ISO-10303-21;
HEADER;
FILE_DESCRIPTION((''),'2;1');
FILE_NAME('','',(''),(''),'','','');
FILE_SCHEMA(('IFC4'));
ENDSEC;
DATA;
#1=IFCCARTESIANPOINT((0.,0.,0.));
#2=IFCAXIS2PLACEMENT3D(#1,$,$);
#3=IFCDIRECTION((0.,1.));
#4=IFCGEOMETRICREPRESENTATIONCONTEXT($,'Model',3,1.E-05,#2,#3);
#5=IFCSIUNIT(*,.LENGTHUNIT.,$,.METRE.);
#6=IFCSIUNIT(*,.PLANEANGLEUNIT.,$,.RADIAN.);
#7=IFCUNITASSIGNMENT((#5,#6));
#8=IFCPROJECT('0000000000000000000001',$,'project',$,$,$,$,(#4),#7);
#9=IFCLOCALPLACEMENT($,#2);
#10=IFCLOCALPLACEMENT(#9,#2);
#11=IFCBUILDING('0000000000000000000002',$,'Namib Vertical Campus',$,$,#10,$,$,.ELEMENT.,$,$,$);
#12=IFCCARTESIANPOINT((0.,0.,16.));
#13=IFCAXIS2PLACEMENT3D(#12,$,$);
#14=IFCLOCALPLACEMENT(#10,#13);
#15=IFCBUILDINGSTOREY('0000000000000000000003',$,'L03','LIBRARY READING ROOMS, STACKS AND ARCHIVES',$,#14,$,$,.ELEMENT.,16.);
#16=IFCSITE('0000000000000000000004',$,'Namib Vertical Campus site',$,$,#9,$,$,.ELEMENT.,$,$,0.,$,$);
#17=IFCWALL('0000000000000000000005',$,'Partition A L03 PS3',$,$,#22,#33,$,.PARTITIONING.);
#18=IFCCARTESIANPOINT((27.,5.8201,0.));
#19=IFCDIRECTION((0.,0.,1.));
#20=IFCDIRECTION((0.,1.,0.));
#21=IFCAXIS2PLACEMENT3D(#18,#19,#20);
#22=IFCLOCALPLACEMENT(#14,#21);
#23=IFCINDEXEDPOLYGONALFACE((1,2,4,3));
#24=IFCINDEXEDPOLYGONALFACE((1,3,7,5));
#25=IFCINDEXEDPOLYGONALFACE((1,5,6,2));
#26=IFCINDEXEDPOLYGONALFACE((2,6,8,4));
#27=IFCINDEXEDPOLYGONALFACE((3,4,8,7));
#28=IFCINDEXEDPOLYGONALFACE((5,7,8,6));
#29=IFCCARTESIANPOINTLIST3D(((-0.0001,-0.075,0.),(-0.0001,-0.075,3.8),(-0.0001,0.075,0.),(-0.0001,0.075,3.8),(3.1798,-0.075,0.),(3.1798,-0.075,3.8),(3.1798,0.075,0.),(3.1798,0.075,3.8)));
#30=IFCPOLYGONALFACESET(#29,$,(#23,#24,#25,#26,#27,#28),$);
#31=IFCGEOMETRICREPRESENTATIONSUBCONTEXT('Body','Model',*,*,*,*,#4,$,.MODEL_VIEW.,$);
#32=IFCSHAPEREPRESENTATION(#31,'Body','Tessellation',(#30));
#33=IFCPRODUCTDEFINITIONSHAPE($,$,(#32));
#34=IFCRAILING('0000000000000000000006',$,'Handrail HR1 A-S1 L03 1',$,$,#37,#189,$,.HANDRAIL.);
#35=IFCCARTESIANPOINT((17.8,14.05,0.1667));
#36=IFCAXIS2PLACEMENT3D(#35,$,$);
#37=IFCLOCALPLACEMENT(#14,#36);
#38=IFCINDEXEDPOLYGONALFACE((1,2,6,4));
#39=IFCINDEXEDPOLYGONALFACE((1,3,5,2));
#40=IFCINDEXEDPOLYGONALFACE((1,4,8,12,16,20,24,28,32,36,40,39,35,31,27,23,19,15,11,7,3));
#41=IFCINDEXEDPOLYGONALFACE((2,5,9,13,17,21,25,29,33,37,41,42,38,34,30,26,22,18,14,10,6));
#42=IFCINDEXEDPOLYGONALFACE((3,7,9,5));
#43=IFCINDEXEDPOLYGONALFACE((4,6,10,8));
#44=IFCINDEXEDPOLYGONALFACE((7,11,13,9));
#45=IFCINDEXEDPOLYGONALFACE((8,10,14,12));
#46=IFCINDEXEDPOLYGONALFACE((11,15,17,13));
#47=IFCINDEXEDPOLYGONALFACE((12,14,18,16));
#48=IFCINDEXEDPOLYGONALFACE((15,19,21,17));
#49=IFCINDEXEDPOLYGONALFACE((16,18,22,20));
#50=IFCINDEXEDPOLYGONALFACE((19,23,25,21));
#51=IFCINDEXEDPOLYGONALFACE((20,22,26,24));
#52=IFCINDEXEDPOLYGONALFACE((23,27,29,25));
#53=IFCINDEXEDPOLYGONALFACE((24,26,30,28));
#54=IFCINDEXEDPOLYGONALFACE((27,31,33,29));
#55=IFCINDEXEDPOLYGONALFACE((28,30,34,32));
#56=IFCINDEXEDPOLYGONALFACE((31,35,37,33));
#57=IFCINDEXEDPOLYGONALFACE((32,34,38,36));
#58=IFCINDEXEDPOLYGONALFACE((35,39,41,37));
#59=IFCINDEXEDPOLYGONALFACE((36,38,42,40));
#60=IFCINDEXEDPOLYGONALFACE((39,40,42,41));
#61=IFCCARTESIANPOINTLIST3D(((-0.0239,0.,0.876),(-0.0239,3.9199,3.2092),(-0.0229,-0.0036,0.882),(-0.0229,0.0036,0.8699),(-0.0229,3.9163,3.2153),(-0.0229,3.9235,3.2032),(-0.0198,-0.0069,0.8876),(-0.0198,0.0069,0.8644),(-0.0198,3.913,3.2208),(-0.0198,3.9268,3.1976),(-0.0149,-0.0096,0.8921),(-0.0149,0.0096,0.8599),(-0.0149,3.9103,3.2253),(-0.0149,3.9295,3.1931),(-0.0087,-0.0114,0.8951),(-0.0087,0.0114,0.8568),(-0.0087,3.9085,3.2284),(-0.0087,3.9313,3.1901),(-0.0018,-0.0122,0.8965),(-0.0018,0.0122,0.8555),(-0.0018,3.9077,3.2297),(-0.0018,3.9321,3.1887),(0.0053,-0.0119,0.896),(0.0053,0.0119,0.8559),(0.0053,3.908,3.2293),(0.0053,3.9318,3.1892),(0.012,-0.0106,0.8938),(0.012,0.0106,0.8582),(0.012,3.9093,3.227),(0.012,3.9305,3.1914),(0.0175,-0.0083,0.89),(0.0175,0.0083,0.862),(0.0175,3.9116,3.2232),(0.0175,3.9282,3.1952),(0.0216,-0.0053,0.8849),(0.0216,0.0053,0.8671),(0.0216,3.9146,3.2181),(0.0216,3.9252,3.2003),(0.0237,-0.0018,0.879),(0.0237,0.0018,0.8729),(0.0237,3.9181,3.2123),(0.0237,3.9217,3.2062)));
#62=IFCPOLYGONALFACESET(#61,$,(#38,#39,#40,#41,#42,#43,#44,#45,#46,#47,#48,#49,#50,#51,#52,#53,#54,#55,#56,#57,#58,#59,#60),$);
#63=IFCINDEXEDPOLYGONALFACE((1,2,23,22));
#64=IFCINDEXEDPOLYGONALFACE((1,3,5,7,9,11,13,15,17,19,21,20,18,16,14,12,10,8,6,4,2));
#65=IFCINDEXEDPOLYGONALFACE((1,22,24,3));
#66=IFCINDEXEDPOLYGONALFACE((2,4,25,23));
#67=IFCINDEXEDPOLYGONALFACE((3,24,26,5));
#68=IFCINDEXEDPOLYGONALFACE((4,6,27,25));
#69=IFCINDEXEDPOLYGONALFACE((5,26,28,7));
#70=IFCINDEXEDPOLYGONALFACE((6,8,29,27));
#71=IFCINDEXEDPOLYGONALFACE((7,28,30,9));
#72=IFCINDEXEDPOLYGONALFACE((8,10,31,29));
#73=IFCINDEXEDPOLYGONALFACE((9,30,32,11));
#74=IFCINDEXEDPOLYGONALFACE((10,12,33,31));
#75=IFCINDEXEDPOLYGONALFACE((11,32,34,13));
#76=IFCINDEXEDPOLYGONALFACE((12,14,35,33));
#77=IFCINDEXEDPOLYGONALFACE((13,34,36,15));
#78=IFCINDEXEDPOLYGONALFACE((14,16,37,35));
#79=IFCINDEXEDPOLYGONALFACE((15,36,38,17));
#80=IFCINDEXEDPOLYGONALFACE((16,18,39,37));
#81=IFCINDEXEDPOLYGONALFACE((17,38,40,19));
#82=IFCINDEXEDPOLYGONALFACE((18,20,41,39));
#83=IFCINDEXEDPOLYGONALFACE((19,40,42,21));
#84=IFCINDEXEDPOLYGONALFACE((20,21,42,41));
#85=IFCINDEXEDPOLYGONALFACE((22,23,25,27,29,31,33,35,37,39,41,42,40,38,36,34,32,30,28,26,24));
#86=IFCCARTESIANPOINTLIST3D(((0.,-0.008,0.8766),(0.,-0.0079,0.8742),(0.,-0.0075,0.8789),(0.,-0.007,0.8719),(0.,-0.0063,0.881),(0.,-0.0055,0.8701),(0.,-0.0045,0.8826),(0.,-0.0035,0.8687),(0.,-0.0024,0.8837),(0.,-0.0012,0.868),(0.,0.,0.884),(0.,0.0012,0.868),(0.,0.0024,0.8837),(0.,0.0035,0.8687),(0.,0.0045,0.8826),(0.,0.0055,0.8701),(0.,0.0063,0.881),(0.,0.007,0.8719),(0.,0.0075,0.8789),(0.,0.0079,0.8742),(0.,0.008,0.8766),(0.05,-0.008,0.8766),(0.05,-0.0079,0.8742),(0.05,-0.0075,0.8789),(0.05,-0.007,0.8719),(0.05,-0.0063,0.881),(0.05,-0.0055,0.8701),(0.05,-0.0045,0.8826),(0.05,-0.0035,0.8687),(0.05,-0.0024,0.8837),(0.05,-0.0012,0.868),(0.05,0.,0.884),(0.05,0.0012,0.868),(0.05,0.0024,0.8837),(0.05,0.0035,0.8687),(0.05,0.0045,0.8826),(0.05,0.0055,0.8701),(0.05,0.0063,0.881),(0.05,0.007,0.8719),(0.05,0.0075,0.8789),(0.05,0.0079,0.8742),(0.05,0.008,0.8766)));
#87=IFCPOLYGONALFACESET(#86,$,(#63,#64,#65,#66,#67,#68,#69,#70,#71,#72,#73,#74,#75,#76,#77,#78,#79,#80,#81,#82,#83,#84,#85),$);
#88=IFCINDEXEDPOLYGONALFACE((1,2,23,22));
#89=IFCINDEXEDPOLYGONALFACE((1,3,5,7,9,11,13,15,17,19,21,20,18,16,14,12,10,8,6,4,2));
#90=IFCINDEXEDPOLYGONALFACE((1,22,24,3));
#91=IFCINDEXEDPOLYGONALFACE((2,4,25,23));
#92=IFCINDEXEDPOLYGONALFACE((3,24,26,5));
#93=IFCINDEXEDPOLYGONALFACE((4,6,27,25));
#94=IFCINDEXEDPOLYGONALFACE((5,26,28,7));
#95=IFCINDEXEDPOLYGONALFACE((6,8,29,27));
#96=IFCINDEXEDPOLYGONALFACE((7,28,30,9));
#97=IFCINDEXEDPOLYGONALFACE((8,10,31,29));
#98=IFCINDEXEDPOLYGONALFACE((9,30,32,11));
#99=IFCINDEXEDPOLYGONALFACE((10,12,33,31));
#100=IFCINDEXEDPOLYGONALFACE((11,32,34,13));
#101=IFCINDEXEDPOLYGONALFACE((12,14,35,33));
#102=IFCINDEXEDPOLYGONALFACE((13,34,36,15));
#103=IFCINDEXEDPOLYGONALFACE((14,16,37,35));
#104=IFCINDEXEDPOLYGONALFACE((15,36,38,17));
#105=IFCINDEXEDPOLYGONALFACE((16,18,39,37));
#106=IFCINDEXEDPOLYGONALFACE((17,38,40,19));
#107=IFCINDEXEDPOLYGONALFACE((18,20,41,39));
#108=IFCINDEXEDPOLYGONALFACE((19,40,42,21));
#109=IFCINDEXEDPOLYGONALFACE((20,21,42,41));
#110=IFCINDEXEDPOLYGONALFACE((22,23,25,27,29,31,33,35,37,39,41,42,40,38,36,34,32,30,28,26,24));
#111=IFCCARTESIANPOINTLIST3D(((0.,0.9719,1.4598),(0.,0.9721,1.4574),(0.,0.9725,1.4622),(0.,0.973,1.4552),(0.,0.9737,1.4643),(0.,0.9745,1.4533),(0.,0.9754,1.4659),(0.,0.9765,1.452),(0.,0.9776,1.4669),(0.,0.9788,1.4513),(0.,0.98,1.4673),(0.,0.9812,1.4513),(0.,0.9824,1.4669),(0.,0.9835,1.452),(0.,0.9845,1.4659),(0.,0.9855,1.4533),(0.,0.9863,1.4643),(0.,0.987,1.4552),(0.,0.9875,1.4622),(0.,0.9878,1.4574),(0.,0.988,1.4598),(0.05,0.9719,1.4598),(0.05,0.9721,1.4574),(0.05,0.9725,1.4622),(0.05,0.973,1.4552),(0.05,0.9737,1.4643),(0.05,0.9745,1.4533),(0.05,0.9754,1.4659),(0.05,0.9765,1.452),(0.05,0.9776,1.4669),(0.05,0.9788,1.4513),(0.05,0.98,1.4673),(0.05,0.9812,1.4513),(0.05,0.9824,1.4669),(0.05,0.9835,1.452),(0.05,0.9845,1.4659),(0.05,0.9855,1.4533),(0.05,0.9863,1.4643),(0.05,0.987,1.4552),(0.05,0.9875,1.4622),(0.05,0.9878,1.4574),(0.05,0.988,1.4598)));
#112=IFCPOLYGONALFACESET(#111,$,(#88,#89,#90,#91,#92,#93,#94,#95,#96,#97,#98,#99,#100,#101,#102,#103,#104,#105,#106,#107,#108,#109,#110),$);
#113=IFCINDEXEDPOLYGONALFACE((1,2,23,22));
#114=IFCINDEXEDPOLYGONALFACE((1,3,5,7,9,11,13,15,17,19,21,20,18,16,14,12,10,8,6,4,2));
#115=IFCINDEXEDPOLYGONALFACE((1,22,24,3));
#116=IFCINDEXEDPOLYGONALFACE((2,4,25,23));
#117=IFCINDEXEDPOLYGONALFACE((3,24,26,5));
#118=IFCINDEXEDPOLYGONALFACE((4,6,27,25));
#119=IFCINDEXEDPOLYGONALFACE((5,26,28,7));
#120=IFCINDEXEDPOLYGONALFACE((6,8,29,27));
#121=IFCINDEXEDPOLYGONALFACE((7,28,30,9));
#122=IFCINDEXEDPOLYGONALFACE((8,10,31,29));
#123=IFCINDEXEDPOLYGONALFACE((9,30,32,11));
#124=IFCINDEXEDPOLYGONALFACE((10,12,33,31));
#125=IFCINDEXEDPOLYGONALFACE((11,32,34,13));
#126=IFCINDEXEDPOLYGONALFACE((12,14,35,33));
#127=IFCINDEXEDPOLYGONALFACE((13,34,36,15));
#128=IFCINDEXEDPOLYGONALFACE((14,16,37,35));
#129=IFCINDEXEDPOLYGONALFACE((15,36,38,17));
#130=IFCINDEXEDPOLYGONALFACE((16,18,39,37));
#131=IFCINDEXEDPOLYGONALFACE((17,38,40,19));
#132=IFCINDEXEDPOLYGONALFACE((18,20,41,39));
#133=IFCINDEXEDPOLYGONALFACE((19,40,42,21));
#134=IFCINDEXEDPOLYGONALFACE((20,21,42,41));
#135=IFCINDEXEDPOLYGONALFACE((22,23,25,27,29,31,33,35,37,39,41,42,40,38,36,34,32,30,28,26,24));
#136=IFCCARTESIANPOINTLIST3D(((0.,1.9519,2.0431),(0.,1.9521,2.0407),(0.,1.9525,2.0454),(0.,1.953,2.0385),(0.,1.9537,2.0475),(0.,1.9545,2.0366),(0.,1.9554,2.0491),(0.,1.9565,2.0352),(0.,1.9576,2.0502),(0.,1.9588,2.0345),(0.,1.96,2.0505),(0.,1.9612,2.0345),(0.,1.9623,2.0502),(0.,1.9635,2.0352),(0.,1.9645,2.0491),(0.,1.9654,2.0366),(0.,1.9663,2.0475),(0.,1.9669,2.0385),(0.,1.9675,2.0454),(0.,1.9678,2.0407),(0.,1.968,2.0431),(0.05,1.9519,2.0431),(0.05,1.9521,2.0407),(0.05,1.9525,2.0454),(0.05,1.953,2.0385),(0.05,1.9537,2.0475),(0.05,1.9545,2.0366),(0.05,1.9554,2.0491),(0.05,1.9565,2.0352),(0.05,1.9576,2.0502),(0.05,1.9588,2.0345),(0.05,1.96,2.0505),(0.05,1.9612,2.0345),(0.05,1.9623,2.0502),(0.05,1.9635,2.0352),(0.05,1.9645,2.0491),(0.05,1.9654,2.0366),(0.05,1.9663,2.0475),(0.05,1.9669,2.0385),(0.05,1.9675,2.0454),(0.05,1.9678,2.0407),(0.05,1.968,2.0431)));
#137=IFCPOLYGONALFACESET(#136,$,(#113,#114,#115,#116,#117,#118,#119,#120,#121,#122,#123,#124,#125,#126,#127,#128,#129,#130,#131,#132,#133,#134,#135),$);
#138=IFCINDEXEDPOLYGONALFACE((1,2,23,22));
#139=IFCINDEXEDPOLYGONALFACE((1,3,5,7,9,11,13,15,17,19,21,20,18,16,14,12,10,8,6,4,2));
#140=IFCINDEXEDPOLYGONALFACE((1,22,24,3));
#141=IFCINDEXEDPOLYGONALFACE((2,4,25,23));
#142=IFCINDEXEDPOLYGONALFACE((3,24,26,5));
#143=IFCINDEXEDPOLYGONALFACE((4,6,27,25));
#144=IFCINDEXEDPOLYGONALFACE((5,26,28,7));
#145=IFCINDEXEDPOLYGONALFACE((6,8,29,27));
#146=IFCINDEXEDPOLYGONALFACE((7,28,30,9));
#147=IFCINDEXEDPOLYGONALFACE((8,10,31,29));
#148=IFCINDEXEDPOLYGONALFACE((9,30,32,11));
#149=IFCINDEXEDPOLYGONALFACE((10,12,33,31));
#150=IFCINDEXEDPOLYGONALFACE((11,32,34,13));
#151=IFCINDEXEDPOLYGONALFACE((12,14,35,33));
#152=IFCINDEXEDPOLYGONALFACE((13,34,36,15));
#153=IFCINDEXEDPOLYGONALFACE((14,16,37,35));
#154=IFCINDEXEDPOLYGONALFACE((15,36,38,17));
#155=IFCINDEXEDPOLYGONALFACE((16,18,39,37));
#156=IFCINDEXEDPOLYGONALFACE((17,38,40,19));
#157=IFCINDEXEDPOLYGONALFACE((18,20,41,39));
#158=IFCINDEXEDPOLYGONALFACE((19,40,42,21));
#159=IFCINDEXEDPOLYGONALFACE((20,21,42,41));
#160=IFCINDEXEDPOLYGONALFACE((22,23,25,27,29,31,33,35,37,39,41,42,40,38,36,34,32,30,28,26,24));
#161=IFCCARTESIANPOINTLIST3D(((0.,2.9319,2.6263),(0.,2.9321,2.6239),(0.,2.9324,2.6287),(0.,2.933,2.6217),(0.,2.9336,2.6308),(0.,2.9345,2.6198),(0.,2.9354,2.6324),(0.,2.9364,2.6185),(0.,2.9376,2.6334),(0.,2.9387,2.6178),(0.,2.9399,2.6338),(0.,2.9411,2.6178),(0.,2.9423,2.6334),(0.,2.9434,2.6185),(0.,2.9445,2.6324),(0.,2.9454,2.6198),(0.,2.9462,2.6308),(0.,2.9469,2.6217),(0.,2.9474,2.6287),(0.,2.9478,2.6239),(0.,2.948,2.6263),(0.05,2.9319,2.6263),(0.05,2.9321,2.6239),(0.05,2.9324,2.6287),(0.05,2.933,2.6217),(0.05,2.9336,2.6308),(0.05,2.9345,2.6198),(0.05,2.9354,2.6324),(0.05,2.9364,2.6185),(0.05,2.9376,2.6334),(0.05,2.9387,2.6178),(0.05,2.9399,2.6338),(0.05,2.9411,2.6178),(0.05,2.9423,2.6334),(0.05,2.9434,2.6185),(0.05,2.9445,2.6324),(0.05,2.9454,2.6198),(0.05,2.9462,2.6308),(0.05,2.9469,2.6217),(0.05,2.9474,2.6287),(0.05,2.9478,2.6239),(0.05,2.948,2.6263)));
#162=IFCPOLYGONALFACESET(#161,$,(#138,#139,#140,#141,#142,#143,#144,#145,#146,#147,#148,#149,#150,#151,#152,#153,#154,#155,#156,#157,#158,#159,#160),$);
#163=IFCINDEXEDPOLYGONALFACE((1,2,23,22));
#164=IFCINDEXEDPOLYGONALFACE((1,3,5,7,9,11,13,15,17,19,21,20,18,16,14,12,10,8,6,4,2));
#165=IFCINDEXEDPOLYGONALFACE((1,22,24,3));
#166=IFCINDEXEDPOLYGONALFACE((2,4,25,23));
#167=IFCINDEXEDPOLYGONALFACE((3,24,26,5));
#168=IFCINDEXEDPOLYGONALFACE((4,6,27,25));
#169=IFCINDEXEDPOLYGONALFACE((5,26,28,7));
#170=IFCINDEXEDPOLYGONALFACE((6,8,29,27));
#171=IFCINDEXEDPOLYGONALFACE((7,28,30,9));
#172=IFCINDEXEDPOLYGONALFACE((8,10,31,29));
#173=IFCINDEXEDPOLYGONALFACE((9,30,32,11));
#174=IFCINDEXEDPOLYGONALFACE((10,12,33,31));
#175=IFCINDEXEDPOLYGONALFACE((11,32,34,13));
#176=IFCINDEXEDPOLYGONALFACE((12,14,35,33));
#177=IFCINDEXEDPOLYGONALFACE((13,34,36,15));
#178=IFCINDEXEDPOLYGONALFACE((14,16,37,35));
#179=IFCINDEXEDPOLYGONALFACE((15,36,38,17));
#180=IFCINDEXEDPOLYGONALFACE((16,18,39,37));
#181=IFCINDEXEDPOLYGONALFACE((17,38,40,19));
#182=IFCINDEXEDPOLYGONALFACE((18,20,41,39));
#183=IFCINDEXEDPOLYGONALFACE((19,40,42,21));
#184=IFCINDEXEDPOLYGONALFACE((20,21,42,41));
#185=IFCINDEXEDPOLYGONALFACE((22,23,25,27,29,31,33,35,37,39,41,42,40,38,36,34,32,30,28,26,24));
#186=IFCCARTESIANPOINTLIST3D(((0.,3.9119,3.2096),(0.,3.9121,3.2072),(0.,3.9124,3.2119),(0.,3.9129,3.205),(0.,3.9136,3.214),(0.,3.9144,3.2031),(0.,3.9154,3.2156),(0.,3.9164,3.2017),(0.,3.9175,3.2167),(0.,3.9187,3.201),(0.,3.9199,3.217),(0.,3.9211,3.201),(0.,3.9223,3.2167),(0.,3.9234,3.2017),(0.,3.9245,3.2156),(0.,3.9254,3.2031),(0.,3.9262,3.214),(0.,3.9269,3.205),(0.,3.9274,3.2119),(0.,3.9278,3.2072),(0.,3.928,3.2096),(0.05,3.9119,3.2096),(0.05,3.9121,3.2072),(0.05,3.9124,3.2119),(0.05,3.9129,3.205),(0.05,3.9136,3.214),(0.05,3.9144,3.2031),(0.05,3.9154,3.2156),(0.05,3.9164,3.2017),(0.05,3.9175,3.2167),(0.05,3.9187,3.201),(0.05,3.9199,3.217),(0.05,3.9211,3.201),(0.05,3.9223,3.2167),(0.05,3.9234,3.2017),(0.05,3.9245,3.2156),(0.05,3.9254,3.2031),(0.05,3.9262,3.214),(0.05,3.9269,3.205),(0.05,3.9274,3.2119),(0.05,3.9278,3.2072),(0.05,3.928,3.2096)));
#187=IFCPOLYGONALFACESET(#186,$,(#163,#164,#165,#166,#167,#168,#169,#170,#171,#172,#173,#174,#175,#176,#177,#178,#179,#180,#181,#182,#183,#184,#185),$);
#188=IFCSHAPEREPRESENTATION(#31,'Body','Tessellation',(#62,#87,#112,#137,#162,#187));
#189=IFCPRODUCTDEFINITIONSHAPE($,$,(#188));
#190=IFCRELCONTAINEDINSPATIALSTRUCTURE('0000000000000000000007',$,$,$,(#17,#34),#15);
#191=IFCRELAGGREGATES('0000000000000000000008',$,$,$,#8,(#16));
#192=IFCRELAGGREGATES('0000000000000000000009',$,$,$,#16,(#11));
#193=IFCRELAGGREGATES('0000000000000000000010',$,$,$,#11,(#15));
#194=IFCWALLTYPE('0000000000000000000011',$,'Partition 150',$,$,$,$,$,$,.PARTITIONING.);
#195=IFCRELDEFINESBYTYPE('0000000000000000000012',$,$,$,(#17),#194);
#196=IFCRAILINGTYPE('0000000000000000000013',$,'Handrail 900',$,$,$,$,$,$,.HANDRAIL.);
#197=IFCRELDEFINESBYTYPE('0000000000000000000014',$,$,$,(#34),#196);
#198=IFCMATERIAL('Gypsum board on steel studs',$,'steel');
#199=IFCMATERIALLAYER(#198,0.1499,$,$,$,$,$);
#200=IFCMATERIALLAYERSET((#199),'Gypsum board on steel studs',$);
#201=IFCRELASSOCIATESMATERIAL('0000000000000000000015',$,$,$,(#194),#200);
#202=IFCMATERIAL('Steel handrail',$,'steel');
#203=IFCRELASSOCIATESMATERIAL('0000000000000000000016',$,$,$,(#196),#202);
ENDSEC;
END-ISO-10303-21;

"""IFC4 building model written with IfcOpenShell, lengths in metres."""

from ifc_helpers import new_model, si_unit, direction, frame, frame_2d, origin, origin_2d, place, context, subcontext, project, spatial, rectangle, circle, extrude, material, layer, layer_set, type_object, element, save


model = new_model("IFC4")

# Units and contexts
model_context = context("Model", 3, precision=1e-05, world=origin(), true_north=direction((0.0, 1.0)))
body_context = subcontext(model_context, "Body", "Model", "MODEL_VIEW")
ifc_project = project(units=[si_unit("LENGTHUNIT", "METRE"), si_unit("PLANEANGLEUNIT", "RADIAN")], contexts=[model_context])

# Site, building, storey
site_placement = place(None, origin())
site = spatial("IfcSite", under=ifc_project, at=site_placement, Name="Namib Vertical Campus site", CompositionType="ELEMENT", RefElevation=0.0)
building_placement = place(site_placement, origin())
building = spatial("IfcBuilding", under=site, at=building_placement, Name="Namib Vertical Campus", CompositionType="ELEMENT")
storey_placement = place(building_placement, frame((0.0, 0.0, 16.0)))
storey = spatial("IfcBuildingStorey", under=building, at=storey_placement, Name="L03", Description="LIBRARY READING ROOMS, STACKS AND ARCHIVES", CompositionType="ELEMENT", Elevation=16.0)

# Wall
ifc_material_1 = material(Name="Gypsum board on steel studs", Category="steel")
ifc_layer_1 = layer(ifc_material_1, 0.1499)
ifc_layer_set_1 = layer_set([ifc_layer_1], Name="Gypsum board on steel studs")
wall_type_1 = type_object("IfcWallType", Name="Partition 150", PredefinedType="PARTITIONING", material=ifc_layer_set_1)
wall_1_placement = place(storey_placement, frame((27.0, 5.8201, 0.0), z_axis=(0.0, 0.0, 1.0), x_axis=(0.0, 1.0, 0.0)))
element("IfcWall", 1, at=wall_1_placement, inside=storey, type_object=wall_type_1, Name="Partition A L03 PS3", PredefinedType="PARTITIONING", context=body_context, shape_type="SweptSolid", body=[
    extrude(rectangle(XDim=3.1799, YDim=0.1499, at=frame_2d((1.5898, 0.0))), origin(), (0.0, 0.0, 1.0), 3.8),
])

# Railing
ifc_material_2 = material(Name="Steel handrail", Category="steel")
railing_type = type_object("IfcRailingType", Name="Handrail 900", PredefinedType="HANDRAIL", material=ifc_material_2)
railing_1_placement = place(storey_placement, frame((17.8, 14.05, 0.1667)))
element("IfcRailing", 2, at=railing_1_placement, inside=storey, type_object=railing_type, Name="Handrail HR1 A-S1 L03 1", PredefinedType="HANDRAIL", context=body_context, shape_type="SweptSolid", body=[
    extrude(circle(Radius=0.0239, at=origin_2d()), frame((0.0, 0.0, 0.876), z_axis=(0.0, 0.859296, 0.511478), x_axis=(-1.0, 0.0, 0.0)), (0.0, 0.0, 1.0), 4.5618),
    extrude(circle(Radius=0.0081, at=origin_2d()), frame((0.0, 0.0, 0.876), z_axis=(1.0, 0.0, 0.0), x_axis=(0.0, 0.0, 1.0)), (0.0, 0.0, 1.0), 0.05),
    extrude(circle(Radius=0.0081, at=origin_2d()), frame((0.0, 0.98, 1.4592), z_axis=(1.0, 0.0, 0.0), x_axis=(0.0, 0.0, 1.0)), (0.0, 0.0, 1.0), 0.05),
    extrude(circle(Radius=0.0081, at=origin_2d()), frame((0.0, 1.96, 2.0425), z_axis=(1.0, 0.0, 0.0), x_axis=(0.0, 0.0, 1.0)), (0.0, 0.0, 1.0), 0.05),
    extrude(circle(Radius=0.0081, at=origin_2d()), frame((0.0, 2.9399, 2.6257), z_axis=(1.0, 0.0, 0.0), x_axis=(0.0, 0.0, 1.0)), (0.0, 0.0, 1.0), 0.05),
    extrude(circle(Radius=0.0081, at=origin_2d()), frame((0.0, 3.9199, 3.209), z_axis=(1.0, 0.0, 0.0), x_axis=(0.0, 0.0, 1.0)), (0.0, 0.0, 1.0), 0.05),
])

save(model, "model.ifc")
